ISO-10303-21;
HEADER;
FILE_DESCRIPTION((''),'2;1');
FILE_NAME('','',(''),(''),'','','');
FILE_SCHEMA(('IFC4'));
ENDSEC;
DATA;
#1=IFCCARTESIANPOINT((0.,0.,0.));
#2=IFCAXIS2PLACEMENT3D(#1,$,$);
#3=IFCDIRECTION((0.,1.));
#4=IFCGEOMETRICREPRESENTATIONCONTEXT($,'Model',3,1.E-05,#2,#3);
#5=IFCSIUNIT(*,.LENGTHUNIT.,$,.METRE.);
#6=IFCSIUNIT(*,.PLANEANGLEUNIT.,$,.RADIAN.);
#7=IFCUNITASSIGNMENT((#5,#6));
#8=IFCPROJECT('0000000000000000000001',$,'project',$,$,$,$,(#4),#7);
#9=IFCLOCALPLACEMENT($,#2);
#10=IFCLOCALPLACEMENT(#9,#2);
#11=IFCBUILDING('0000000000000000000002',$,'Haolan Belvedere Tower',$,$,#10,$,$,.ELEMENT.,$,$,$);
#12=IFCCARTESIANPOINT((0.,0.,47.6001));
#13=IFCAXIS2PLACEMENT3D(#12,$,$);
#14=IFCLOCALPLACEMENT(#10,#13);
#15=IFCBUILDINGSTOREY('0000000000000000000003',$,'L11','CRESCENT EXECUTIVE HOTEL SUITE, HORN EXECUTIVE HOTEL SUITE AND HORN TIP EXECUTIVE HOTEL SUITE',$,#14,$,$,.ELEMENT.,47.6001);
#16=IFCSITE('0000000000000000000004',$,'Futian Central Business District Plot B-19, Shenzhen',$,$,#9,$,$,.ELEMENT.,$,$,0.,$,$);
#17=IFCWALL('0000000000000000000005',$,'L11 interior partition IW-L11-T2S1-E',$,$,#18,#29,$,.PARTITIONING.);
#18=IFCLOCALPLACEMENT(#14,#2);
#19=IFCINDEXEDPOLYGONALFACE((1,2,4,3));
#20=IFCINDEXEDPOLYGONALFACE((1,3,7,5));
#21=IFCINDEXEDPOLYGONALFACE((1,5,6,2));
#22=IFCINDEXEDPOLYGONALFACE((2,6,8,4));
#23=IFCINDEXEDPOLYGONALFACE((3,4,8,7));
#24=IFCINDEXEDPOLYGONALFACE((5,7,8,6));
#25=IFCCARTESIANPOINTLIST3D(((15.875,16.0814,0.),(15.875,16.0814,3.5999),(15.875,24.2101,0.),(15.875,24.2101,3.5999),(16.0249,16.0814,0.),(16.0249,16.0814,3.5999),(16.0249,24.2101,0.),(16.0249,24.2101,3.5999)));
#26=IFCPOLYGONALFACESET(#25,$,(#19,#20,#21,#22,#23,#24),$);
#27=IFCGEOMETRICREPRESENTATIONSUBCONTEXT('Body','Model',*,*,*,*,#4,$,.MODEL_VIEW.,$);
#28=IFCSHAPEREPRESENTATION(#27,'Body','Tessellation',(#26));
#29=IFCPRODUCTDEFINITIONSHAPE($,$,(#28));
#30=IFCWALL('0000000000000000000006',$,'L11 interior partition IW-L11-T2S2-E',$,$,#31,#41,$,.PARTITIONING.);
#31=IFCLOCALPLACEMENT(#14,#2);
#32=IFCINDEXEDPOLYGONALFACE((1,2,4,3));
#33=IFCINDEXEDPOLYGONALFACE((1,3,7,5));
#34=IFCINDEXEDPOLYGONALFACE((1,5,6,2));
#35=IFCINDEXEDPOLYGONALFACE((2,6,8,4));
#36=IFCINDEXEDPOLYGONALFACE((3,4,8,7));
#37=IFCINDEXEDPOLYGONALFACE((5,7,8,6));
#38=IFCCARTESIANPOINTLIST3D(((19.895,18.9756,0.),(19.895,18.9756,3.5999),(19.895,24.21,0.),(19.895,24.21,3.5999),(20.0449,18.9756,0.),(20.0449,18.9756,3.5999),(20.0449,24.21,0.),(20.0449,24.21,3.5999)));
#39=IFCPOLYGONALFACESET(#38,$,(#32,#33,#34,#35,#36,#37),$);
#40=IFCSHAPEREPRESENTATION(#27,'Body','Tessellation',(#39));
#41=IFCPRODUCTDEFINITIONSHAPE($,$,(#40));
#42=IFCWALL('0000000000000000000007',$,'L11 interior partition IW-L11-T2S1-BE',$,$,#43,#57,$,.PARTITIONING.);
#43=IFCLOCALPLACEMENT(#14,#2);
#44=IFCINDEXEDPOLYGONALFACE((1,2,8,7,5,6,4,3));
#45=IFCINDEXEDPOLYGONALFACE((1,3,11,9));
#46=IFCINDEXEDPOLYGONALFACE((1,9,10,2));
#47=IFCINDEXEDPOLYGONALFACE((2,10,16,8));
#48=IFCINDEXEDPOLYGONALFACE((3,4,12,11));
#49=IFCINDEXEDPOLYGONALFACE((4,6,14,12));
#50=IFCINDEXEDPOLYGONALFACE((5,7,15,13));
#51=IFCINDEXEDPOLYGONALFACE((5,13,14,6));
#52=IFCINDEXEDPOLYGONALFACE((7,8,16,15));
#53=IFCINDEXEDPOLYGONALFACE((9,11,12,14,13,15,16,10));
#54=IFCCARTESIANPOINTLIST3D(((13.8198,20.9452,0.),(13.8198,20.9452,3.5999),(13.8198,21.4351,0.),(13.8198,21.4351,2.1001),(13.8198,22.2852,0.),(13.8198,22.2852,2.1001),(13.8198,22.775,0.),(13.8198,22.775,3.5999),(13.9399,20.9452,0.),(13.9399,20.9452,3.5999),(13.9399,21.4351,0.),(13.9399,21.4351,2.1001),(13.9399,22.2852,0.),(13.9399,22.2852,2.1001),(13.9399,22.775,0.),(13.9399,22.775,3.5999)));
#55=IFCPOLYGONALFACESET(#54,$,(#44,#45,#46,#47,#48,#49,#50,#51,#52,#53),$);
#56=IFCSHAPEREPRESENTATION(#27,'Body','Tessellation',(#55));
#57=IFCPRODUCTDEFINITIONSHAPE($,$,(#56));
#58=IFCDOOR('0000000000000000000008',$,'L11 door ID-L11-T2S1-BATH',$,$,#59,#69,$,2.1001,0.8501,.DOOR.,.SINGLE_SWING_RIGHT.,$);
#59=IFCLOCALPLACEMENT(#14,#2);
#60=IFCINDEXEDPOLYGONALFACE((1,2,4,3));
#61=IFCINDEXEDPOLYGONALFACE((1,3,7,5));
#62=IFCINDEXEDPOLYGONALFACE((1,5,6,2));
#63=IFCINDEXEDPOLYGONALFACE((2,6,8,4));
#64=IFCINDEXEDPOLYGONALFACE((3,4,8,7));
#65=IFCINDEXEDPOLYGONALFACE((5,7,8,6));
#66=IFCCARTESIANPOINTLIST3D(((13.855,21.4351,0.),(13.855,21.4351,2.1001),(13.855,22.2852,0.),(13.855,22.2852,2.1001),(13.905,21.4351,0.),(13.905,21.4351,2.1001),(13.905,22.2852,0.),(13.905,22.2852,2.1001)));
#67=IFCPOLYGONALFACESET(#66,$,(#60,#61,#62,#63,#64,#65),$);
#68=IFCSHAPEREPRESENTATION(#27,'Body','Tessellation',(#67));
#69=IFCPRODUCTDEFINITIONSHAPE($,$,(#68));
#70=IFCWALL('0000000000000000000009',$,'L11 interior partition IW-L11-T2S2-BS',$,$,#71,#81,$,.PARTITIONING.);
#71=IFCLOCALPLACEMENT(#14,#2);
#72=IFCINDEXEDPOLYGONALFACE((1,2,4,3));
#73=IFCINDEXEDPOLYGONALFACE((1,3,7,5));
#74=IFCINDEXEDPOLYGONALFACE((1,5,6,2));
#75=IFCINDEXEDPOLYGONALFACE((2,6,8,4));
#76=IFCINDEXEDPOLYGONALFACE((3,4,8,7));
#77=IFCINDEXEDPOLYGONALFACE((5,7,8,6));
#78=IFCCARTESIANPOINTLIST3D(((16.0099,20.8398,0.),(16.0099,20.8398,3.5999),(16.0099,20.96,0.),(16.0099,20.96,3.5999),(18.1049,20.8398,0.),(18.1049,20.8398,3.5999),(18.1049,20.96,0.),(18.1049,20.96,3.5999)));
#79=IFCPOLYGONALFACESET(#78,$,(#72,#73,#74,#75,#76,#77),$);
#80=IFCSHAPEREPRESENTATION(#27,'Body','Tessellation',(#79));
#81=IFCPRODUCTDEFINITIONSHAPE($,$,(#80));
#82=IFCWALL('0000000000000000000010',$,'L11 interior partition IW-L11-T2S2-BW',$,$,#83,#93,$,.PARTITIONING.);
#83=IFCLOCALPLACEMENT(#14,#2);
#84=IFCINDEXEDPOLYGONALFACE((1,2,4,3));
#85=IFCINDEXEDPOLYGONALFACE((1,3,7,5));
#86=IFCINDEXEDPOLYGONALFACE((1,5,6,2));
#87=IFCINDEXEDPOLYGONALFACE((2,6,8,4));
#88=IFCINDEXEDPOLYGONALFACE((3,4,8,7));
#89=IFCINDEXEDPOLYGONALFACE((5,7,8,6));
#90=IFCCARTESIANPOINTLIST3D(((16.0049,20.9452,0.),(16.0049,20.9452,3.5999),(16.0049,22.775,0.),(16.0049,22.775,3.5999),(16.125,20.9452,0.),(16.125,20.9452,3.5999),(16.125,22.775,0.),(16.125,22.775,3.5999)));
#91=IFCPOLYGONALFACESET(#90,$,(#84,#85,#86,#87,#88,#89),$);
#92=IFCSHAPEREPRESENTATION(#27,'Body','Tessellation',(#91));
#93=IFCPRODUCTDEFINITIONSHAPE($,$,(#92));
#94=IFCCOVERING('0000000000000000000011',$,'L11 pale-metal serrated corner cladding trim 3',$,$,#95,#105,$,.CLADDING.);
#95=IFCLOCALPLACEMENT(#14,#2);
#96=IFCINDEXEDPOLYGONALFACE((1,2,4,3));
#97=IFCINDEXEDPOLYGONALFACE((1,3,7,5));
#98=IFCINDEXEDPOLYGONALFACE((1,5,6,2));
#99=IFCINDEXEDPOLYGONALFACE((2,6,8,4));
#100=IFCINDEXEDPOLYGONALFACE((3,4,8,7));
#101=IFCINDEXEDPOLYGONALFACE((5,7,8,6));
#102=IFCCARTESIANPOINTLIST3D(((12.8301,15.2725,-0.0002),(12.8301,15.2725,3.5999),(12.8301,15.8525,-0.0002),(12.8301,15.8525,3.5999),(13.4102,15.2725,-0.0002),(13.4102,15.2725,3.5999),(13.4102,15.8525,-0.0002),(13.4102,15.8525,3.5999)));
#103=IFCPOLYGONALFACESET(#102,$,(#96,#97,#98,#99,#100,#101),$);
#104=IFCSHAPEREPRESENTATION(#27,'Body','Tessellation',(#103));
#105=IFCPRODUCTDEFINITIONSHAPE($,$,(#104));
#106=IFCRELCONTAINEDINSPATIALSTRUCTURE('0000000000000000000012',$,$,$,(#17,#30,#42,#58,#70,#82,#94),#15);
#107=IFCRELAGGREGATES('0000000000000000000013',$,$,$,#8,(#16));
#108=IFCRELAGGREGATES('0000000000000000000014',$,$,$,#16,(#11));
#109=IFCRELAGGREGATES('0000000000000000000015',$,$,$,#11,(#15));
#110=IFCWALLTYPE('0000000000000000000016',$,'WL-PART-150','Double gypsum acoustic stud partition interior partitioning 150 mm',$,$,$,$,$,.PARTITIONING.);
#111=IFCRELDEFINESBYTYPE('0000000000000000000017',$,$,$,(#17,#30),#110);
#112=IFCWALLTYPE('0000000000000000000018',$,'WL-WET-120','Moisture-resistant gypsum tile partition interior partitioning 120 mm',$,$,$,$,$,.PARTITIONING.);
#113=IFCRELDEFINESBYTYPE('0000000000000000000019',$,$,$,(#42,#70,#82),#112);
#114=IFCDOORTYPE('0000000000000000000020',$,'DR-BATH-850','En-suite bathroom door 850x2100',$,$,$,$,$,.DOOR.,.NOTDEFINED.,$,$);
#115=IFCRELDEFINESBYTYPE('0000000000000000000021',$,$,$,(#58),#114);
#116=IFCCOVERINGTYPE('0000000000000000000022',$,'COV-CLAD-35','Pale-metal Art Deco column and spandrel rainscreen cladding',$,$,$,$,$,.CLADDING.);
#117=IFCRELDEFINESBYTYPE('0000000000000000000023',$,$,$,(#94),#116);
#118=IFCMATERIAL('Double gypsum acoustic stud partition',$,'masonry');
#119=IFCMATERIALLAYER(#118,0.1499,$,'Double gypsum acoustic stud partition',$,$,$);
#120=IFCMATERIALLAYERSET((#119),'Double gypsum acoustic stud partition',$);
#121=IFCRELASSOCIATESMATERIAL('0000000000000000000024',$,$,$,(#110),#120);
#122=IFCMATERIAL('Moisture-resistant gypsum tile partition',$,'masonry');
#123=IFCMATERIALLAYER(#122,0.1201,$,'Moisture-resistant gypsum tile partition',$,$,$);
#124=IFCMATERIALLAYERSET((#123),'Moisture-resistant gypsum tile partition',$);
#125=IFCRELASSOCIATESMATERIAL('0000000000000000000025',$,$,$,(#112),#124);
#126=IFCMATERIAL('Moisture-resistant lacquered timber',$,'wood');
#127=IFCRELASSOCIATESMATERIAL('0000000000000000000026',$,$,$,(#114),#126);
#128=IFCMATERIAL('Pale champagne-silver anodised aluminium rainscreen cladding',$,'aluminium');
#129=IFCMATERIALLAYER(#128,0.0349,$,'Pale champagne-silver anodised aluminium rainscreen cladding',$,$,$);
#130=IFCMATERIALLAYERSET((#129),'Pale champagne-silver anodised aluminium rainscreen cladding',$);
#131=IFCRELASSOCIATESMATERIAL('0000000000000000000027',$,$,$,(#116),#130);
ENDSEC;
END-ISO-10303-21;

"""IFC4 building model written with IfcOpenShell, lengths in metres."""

from ifc_helpers import new_model, si_unit, direction, frame, frame_2d, origin, origin_2d, place, context, subcontext, project, spatial, rectangle, extrude, material, layer, layer_set, type_object, element, fill, save


model = new_model("IFC4")

# Units and contexts
model_context = context("Model", 3, precision=1e-05, world=origin(), true_north=direction((0.0, 1.0)))
body_context = subcontext(model_context, "Body", "Model", "MODEL_VIEW")
ifc_project = project(units=[si_unit("LENGTHUNIT", "METRE"), si_unit("PLANEANGLEUNIT", "RADIAN")], contexts=[model_context])

# Site, building, storey
site_placement = place(None, origin())
site = spatial("IfcSite", under=ifc_project, at=site_placement, Name="Futian Central Business District Plot B-19, Shenzhen", CompositionType="ELEMENT", RefElevation=0.0)
building_placement = place(site_placement, origin())
building = spatial("IfcBuilding", under=site, at=building_placement, Name="Haolan Belvedere Tower", CompositionType="ELEMENT")
storey_placement = place(building_placement, frame((0.0, 0.0, 47.6001)))
storey = spatial("IfcBuildingStorey", under=building, at=storey_placement, Name="L11", Description="CRESCENT EXECUTIVE HOTEL SUITE, HORN EXECUTIVE HOTEL SUITE AND HORN TIP EXECUTIVE HOTEL SUITE", CompositionType="ELEMENT", Elevation=47.6001)

# Walls
ifc_material_1 = material(Name="Double gypsum acoustic stud partition", Category="masonry")
ifc_layer_1 = layer(ifc_material_1, 0.1499, Name="Double gypsum acoustic stud partition")
ifc_layer_set_1 = layer_set([ifc_layer_1], Name="Double gypsum acoustic stud partition")
wall_type_1 = type_object("IfcWallType", Name="WL-PART-150", Description="Double gypsum acoustic stud partition interior partitioning 150 mm", PredefinedType="PARTITIONING", material=ifc_layer_set_1)
wall_1_placement = place(storey_placement, frame((15.95, 16.0813, 0.0), z_axis=(0.0, 0.0, 1.0), x_axis=(0.0, 1.0, 0.0)))
element("IfcWall", 1, at=wall_1_placement, inside=storey, type_object=wall_type_1, Name="L11 interior partition IW-L11-T2S1-E", PredefinedType="PARTITIONING", context=body_context, shape_type="SweptSolid", body=[
    extrude(rectangle(XDim=8.1287, YDim=0.1499, at=frame_2d((4.0645, 0.0))), origin(), (0.0, 0.0, 1.0), 3.5999),
])
wall_2_placement = place(storey_placement, frame((19.97, 18.9756, 0.0), z_axis=(0.0, 0.0, 1.0), x_axis=(0.0, 1.0, 0.0)))
element("IfcWall", 2, at=wall_2_placement, inside=storey, type_object=wall_type_1, Name="L11 interior partition IW-L11-T2S2-E", PredefinedType="PARTITIONING", context=body_context, shape_type="SweptSolid", body=[
    extrude(rectangle(XDim=5.2344, YDim=0.1499, at=frame_2d((2.6172, 0.0))), origin(), (0.0, 0.0, 1.0), 3.5999),
])

# Wall, opening, door
ifc_material_2 = material(Name="Moisture-resistant gypsum tile partition", Category="masonry")
ifc_layer_2 = layer(ifc_material_2, 0.1201, Name="Moisture-resistant gypsum tile partition")
ifc_layer_set_2 = layer_set([ifc_layer_2], Name="Moisture-resistant gypsum tile partition")
wall_type_2 = type_object("IfcWallType", Name="WL-WET-120", Description="Moisture-resistant gypsum tile partition interior partitioning 120 mm", PredefinedType="PARTITIONING", material=ifc_layer_set_2)
wall_3_placement = place(storey_placement, frame((13.8799, 20.9451, 0.0), z_axis=(0.0, 0.0, 1.0), x_axis=(0.0, 1.0, 0.0)))
wall_3 = element("IfcWall", 3, at=wall_3_placement, inside=storey, type_object=wall_type_2, Name="L11 interior partition IW-L11-T2S1-BE", PredefinedType="PARTITIONING", context=body_context, shape_type="SweptSolid", body=[
    extrude(rectangle(XDim=1.8298, YDim=0.1201, at=frame_2d((0.915, 0.0))), origin(), (0.0, 0.0, 1.0), 3.5999),
])
opening_1_placement = place(wall_3_placement, frame((0.49, 0.0, 0.0)))
opening_1 = element("IfcOpeningElement", 4, at=opening_1_placement, cuts=wall_3, PredefinedType="OPENING", context=body_context, shape_type="SweptSolid", body=[
    extrude(rectangle(XDim=0.8501, YDim=2.1001, at=frame_2d((0.425, 1.05))), frame((0.0, 0.0701, 0.0), z_axis=(0.0, -1.0, 0.0), x_axis=(1.0, 0.0, 0.0)), (0.0, 0.0, 1.0), 0.1401),
])
ifc_material_3 = material(Name="Moisture-resistant lacquered timber", Category="wood")
door_type = type_object("IfcDoorType", Name="DR-BATH-850", Description="En-suite bathroom door 850x2100", OperationType="NOTDEFINED", PredefinedType="DOOR", material=ifc_material_3)
door_placement = place(opening_1_placement, origin())
door = element("IfcDoor", 5, at=door_placement, inside=storey, type_object=door_type, Name="L11 door ID-L11-T2S1-BATH", OperationType="SINGLE_SWING_RIGHT", OverallHeight=2.1001, OverallWidth=0.8501, PredefinedType="DOOR", context=body_context, shape_type="SweptSolid", body=[
    extrude(rectangle(XDim=0.8501, YDim=2.1001, at=frame_2d((0.425, 1.05))), frame((0.0, 0.0249, 0.0), z_axis=(0.0, -1.0, 0.0), x_axis=(1.0, 0.0, 0.0)), (0.0, 0.0, 1.0), 0.05),
])
fill(opening_1, door)

# Walls
wall_4_placement = place(storey_placement, frame((16.01, 20.8999, 0.0), z_axis=(0.0, 0.0, 1.0), x_axis=(1.0, 0.0, 0.0)))
element("IfcWall", 6, at=wall_4_placement, inside=storey, type_object=wall_type_2, Name="L11 interior partition IW-L11-T2S2-BS", PredefinedType="PARTITIONING", context=body_context, shape_type="SweptSolid", body=[
    extrude(rectangle(XDim=2.095, YDim=0.1201, at=frame_2d((1.0474, 0.0))), origin(), (0.0, 0.0, 1.0), 3.5999),
])
wall_5_placement = place(storey_placement, frame((16.0649, 20.9451, 0.0), z_axis=(0.0, 0.0, 1.0), x_axis=(0.0, 1.0, 0.0)))
element("IfcWall", 7, at=wall_5_placement, inside=storey, type_object=wall_type_2, Name="L11 interior partition IW-L11-T2S2-BW", PredefinedType="PARTITIONING", context=body_context, shape_type="SweptSolid", body=[
    extrude(rectangle(XDim=1.8298, YDim=0.1201, at=frame_2d((0.915, 0.0))), origin(), (0.0, 0.0, 1.0), 3.5999),
])

# Covering
ifc_material_4 = material(Name="Pale champagne-silver anodised aluminium rainscreen cladding", Category="aluminium")
ifc_layer_3 = layer(ifc_material_4, 0.0349, Name="Pale champagne-silver anodised aluminium rainscreen cladding")
ifc_layer_set_3 = layer_set([ifc_layer_3], Name="Pale champagne-silver anodised aluminium rainscreen cladding")
covering_type = type_object("IfcCoveringType", Name="COV-CLAD-35", Description="Pale-metal Art Deco column and spandrel rainscreen cladding", PredefinedType="CLADDING", material=ifc_layer_set_3)
covering_placement = place(storey_placement, frame((13.1201, 15.5625, -0.0002), z_axis=(0.0, 0.0, 1.0), x_axis=(1.0, 0.0, 0.0)))
element("IfcCovering", 8, at=covering_placement, inside=storey, type_object=covering_type, Name="L11 pale-metal serrated corner cladding trim 3", PredefinedType="CLADDING", context=body_context, shape_type="SweptSolid", body=[
    extrude(rectangle(XDim=0.5801, YDim=0.5801, at=origin_2d()), origin(), (0.0, 0.0, 1.0), 3.6001),
])

save(model, "model.ifc")
